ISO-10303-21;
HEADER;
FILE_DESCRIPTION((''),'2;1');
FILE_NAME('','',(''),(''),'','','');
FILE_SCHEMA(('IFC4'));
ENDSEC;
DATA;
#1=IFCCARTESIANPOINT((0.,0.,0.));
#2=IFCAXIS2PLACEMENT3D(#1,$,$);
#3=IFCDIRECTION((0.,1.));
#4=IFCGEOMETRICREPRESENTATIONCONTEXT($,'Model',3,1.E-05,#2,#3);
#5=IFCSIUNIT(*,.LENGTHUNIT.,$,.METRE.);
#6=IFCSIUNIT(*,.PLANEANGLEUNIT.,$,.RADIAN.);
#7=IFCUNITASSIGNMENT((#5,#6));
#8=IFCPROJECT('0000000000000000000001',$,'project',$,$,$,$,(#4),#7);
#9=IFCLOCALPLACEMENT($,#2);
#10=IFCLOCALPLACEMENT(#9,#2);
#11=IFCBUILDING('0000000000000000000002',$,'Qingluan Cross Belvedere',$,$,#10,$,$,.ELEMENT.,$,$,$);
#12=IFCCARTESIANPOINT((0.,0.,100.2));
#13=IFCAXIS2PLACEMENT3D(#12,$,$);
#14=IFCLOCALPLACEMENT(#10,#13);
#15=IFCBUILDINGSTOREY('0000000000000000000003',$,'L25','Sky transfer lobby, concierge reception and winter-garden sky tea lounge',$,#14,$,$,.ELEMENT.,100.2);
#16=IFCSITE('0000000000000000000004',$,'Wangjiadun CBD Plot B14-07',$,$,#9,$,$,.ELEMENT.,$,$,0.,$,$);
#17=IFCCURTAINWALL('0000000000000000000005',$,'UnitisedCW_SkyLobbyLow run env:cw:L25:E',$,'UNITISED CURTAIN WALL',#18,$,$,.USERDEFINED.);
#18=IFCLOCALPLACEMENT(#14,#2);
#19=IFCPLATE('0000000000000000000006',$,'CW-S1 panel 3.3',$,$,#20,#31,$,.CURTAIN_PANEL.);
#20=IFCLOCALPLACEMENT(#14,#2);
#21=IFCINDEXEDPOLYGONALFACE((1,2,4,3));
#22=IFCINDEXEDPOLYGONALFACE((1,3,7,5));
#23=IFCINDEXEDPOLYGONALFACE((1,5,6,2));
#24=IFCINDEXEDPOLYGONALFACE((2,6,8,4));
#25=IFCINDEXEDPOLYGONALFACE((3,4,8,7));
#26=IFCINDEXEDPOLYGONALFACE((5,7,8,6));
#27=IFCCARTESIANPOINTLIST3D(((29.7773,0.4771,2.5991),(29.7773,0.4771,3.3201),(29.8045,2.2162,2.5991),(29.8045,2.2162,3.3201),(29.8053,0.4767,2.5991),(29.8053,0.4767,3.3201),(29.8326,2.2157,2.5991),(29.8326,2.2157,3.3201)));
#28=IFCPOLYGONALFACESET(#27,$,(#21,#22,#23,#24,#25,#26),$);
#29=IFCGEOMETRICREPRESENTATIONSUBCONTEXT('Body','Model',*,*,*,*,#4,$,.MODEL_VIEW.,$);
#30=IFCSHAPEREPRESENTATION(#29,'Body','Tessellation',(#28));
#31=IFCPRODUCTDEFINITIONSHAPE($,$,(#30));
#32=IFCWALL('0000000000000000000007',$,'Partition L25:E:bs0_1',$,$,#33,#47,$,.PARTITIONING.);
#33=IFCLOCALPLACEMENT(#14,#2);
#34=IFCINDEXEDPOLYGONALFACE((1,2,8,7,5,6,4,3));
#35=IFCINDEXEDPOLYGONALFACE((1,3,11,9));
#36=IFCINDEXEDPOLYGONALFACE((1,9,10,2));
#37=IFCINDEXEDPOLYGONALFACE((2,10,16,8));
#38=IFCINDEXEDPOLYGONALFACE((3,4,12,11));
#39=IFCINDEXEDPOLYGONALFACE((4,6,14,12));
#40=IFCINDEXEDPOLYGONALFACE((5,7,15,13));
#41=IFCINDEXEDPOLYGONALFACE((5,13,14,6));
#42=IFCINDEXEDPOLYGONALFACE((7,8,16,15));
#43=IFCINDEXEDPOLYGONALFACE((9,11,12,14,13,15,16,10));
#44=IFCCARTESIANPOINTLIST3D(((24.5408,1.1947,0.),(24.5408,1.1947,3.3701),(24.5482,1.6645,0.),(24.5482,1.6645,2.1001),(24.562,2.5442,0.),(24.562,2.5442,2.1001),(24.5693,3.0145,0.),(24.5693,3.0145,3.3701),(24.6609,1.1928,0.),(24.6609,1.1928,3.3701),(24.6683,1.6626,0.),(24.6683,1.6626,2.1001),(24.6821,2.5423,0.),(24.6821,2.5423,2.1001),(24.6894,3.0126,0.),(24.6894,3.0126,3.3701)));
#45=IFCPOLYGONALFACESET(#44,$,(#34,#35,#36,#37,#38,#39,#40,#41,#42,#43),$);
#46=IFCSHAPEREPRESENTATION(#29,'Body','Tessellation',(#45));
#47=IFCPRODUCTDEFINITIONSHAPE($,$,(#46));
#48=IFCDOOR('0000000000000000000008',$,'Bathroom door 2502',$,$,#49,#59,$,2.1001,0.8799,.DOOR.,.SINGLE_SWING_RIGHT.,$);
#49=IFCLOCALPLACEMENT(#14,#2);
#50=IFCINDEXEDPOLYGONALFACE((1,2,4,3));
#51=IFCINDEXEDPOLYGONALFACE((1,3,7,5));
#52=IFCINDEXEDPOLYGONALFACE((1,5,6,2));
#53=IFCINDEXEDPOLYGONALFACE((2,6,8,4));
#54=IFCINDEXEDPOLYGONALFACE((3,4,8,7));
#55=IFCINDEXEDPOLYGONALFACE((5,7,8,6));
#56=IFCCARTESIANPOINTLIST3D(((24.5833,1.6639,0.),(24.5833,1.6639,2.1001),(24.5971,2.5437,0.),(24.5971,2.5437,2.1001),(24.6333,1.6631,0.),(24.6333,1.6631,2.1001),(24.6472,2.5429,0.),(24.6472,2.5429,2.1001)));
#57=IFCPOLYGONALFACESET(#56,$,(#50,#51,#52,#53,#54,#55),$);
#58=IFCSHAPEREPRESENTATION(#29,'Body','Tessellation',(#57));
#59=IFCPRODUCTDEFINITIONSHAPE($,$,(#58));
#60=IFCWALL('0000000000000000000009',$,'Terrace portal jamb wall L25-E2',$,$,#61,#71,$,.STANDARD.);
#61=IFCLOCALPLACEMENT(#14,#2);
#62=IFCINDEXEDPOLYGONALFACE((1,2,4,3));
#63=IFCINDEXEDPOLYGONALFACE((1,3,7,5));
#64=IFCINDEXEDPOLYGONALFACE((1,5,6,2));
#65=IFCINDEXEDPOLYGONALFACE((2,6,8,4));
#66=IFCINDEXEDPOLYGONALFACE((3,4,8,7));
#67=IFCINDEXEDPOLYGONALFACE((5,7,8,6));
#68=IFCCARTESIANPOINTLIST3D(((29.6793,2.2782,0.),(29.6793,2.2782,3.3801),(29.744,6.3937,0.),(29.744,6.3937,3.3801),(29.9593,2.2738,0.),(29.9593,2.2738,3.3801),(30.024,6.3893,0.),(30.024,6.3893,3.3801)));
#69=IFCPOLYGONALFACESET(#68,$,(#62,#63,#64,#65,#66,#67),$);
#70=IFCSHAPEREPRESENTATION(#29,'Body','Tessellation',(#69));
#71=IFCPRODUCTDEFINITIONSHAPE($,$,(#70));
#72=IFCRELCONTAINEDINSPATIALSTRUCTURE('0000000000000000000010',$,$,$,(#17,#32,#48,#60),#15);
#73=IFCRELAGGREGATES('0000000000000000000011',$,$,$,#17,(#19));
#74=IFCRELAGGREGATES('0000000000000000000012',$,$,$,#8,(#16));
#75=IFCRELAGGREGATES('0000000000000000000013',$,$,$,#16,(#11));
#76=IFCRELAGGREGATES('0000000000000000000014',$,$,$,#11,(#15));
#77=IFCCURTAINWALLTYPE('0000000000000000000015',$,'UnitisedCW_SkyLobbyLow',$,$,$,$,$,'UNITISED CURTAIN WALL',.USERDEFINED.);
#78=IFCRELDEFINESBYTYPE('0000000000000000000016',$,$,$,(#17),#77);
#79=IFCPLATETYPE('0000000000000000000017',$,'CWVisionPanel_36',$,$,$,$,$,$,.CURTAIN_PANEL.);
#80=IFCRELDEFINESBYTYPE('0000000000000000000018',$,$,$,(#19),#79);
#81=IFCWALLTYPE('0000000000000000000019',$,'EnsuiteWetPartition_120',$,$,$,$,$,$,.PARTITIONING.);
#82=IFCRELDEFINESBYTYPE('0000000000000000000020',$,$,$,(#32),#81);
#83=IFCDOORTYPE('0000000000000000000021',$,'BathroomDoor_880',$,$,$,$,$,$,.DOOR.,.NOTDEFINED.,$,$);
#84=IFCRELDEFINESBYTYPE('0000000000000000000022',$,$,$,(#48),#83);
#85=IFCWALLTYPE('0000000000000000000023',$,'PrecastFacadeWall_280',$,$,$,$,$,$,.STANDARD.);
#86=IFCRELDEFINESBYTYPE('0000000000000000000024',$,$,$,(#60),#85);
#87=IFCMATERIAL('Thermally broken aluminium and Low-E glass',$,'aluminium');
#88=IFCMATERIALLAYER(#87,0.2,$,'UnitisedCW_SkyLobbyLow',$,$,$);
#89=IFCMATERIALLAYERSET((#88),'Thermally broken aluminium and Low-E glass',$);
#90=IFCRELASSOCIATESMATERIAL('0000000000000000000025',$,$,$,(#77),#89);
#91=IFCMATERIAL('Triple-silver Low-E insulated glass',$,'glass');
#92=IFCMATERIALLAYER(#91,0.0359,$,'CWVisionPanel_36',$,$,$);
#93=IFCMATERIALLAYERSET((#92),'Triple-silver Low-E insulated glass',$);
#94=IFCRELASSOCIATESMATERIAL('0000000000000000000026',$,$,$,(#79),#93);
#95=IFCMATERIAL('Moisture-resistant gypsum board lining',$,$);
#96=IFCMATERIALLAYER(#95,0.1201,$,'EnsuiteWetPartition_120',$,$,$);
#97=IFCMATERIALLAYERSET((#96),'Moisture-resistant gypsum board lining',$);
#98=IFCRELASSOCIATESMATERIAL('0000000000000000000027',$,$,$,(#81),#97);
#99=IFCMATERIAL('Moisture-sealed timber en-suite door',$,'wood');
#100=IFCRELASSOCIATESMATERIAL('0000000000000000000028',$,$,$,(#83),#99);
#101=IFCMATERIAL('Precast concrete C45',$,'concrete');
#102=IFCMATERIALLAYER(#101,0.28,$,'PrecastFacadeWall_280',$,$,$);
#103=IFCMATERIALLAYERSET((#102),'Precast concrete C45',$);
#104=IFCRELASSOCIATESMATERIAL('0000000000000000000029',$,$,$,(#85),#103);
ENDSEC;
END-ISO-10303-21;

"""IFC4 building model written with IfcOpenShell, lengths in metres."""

from ifc_helpers import new_model, si_unit, direction, frame, frame_2d, origin, origin_2d, place, context, subcontext, project, spatial, rectangle, extrude, material, layer, layer_set, type_object, element, fill, aggregate, save


model = new_model("IFC4")

# Units and contexts
model_context = context("Model", 3, precision=1e-05, world=origin(), true_north=direction((0.0, 1.0)))
body_context = subcontext(model_context, "Body", "Model", "MODEL_VIEW")
ifc_project = project(units=[si_unit("LENGTHUNIT", "METRE"), si_unit("PLANEANGLEUNIT", "RADIAN")], contexts=[model_context])

# Site, building, storey
site_placement = place(None, origin())
site = spatial("IfcSite", under=ifc_project, at=site_placement, Name="Wangjiadun CBD Plot B14-07", CompositionType="ELEMENT", RefElevation=0.0)
building_placement = place(site_placement, origin())
building = spatial("IfcBuilding", under=site, at=building_placement, Name="Qingluan Cross Belvedere", CompositionType="ELEMENT")
storey_placement = place(building_placement, frame((0.0, 0.0, 100.2)))
storey = spatial("IfcBuildingStorey", under=building, at=storey_placement, Name="L25", Description="Sky transfer lobby, concierge reception and winter-garden sky tea lounge", CompositionType="ELEMENT", Elevation=100.2)

# Curtain wall, plate
ifc_material_1 = material(Name="Thermally broken aluminium and Low-E glass", Category="aluminium")
ifc_layer_1 = layer(ifc_material_1, 0.2, Name="UnitisedCW_SkyLobbyLow")
ifc_layer_set_1 = layer_set([ifc_layer_1], Name="Thermally broken aluminium and Low-E glass")
curtain_wall_type = type_object("IfcCurtainWallType", Name="UnitisedCW_SkyLobbyLow", ElementType="UNITISED CURTAIN WALL", PredefinedType="USERDEFINED", material=ifc_layer_set_1)
curtain_wall_placement = place(storey_placement, origin())
curtain_wall = element("IfcCurtainWall", 1, at=curtain_wall_placement, inside=storey, type_object=curtain_wall_type, Name="UnitisedCW_SkyLobbyLow run env:cw:L25:E", ObjectType="UNITISED CURTAIN WALL", PredefinedType="USERDEFINED")
ifc_material_2 = material(Name="Triple-silver Low-E insulated glass", Category="glass")
ifc_layer_2 = layer(ifc_material_2, 0.0359, Name="CWVisionPanel_36")
ifc_layer_set_2 = layer_set([ifc_layer_2], Name="Triple-silver Low-E insulated glass")
plate_type = type_object("IfcPlateType", Name="CWVisionPanel_36", PredefinedType="CURTAIN_PANEL", material=ifc_layer_set_2)
plate_1_placement = place(storey_placement, frame((29.8049, 1.3464, 2.5991), z_axis=(0.0, 0.0, 1.0), x_axis=(0.015689, 0.999877, 0.0)))
plate_1 = element("IfcPlate", 2, at=plate_1_placement, type_object=plate_type, Name="CW-S1 panel 3.3", PredefinedType="CURTAIN_PANEL", context=body_context, shape_type="SweptSolid", body=[
    extrude(rectangle(XDim=1.7393, YDim=0.0281, at=origin_2d()), origin(), (0.0, 0.0, 1.0), 0.7209),
])
aggregate(curtain_wall, [plate_1])

# Wall, opening, door
ifc_material_3 = material(Name="Moisture-resistant gypsum board lining")
ifc_layer_3 = layer(ifc_material_3, 0.1201, Name="EnsuiteWetPartition_120")
ifc_layer_set_3 = layer_set([ifc_layer_3], Name="Moisture-resistant gypsum board lining")
wall_type_1 = type_object("IfcWallType", Name="EnsuiteWetPartition_120", PredefinedType="PARTITIONING", material=ifc_layer_set_3)
wall_1_placement = place(storey_placement, frame((24.6008, 1.1936, 0.0), z_axis=(0.0, 0.0, 1.0), x_axis=(0.015694, 0.999877, 0.0)))
wall_1 = element("IfcWall", 3, at=wall_1_placement, inside=storey, type_object=wall_type_1, Name="Partition L25:E:bs0_1", PredefinedType="PARTITIONING", context=body_context, shape_type="SweptSolid", body=[
    extrude(rectangle(XDim=1.8201, YDim=0.1201, at=frame_2d((0.9102, 0.0))), origin(), (0.0, 0.0, 1.0), 3.3701),
])
opening_placement = place(wall_1_placement, frame((0.47, 0.0, 0.0)))
opening = element("IfcOpeningElement", 4, at=opening_placement, cuts=wall_1, PredefinedType="OPENING", context=body_context, shape_type="SweptSolid", body=[
    extrude(rectangle(XDim=0.8799, YDim=2.1001, at=frame_2d((0.4399, 1.05))), frame((0.0, 0.0701, 0.0), z_axis=(0.0, -1.0, 0.0), x_axis=(1.0, 0.0, 0.0)), (0.0, 0.0, 1.0), 0.1401),
])
ifc_material_4 = material(Name="Moisture-sealed timber en-suite door", Category="wood")
door_type = type_object("IfcDoorType", Name="BathroomDoor_880", OperationType="NOTDEFINED", PredefinedType="DOOR", material=ifc_material_4)
door_placement = place(opening_placement, origin())
door = element("IfcDoor", 5, at=door_placement, inside=storey, type_object=door_type, Name="Bathroom door 2502", OperationType="SINGLE_SWING_RIGHT", OverallHeight=2.1001, OverallWidth=0.8799, PredefinedType="DOOR", context=body_context, shape_type="SweptSolid", body=[
    extrude(rectangle(XDim=0.8799, YDim=2.1001, at=frame_2d((0.4399, 1.05))), frame((0.0, 0.0249, 0.0), z_axis=(0.0, -1.0, 0.0), x_axis=(1.0, 0.0, 0.0)), (0.0, 0.0, 1.0), 0.05),
])
fill(opening, door)

# Wall
ifc_material_5 = material(Name="Precast concrete C45", Category="concrete")
ifc_layer_4 = layer(ifc_material_5, 0.28, Name="PrecastFacadeWall_280")
ifc_layer_set_4 = layer_set([ifc_layer_4], Name="Precast concrete C45")
wall_type_2 = type_object("IfcWallType", Name="PrecastFacadeWall_280", PredefinedType="STANDARD", material=ifc_layer_set_4)
wall_2_placement = place(storey_placement, frame((29.8193, 2.2759, 0.0), z_axis=(0.0, 0.0, 1.0), x_axis=(0.015719, 0.999876, 0.0)))
element("IfcWall", 6, at=wall_2_placement, inside=storey, type_object=wall_type_2, Name="Terrace portal jamb wall L25-E2", PredefinedType="STANDARD", context=body_context, shape_type="SweptSolid", body=[
    extrude(rectangle(XDim=4.116, YDim=0.28, at=frame_2d((2.0581, 0.0))), origin(), (0.0, 0.0, 1.0), 3.3801),
])

save(model, "model.ifc")
